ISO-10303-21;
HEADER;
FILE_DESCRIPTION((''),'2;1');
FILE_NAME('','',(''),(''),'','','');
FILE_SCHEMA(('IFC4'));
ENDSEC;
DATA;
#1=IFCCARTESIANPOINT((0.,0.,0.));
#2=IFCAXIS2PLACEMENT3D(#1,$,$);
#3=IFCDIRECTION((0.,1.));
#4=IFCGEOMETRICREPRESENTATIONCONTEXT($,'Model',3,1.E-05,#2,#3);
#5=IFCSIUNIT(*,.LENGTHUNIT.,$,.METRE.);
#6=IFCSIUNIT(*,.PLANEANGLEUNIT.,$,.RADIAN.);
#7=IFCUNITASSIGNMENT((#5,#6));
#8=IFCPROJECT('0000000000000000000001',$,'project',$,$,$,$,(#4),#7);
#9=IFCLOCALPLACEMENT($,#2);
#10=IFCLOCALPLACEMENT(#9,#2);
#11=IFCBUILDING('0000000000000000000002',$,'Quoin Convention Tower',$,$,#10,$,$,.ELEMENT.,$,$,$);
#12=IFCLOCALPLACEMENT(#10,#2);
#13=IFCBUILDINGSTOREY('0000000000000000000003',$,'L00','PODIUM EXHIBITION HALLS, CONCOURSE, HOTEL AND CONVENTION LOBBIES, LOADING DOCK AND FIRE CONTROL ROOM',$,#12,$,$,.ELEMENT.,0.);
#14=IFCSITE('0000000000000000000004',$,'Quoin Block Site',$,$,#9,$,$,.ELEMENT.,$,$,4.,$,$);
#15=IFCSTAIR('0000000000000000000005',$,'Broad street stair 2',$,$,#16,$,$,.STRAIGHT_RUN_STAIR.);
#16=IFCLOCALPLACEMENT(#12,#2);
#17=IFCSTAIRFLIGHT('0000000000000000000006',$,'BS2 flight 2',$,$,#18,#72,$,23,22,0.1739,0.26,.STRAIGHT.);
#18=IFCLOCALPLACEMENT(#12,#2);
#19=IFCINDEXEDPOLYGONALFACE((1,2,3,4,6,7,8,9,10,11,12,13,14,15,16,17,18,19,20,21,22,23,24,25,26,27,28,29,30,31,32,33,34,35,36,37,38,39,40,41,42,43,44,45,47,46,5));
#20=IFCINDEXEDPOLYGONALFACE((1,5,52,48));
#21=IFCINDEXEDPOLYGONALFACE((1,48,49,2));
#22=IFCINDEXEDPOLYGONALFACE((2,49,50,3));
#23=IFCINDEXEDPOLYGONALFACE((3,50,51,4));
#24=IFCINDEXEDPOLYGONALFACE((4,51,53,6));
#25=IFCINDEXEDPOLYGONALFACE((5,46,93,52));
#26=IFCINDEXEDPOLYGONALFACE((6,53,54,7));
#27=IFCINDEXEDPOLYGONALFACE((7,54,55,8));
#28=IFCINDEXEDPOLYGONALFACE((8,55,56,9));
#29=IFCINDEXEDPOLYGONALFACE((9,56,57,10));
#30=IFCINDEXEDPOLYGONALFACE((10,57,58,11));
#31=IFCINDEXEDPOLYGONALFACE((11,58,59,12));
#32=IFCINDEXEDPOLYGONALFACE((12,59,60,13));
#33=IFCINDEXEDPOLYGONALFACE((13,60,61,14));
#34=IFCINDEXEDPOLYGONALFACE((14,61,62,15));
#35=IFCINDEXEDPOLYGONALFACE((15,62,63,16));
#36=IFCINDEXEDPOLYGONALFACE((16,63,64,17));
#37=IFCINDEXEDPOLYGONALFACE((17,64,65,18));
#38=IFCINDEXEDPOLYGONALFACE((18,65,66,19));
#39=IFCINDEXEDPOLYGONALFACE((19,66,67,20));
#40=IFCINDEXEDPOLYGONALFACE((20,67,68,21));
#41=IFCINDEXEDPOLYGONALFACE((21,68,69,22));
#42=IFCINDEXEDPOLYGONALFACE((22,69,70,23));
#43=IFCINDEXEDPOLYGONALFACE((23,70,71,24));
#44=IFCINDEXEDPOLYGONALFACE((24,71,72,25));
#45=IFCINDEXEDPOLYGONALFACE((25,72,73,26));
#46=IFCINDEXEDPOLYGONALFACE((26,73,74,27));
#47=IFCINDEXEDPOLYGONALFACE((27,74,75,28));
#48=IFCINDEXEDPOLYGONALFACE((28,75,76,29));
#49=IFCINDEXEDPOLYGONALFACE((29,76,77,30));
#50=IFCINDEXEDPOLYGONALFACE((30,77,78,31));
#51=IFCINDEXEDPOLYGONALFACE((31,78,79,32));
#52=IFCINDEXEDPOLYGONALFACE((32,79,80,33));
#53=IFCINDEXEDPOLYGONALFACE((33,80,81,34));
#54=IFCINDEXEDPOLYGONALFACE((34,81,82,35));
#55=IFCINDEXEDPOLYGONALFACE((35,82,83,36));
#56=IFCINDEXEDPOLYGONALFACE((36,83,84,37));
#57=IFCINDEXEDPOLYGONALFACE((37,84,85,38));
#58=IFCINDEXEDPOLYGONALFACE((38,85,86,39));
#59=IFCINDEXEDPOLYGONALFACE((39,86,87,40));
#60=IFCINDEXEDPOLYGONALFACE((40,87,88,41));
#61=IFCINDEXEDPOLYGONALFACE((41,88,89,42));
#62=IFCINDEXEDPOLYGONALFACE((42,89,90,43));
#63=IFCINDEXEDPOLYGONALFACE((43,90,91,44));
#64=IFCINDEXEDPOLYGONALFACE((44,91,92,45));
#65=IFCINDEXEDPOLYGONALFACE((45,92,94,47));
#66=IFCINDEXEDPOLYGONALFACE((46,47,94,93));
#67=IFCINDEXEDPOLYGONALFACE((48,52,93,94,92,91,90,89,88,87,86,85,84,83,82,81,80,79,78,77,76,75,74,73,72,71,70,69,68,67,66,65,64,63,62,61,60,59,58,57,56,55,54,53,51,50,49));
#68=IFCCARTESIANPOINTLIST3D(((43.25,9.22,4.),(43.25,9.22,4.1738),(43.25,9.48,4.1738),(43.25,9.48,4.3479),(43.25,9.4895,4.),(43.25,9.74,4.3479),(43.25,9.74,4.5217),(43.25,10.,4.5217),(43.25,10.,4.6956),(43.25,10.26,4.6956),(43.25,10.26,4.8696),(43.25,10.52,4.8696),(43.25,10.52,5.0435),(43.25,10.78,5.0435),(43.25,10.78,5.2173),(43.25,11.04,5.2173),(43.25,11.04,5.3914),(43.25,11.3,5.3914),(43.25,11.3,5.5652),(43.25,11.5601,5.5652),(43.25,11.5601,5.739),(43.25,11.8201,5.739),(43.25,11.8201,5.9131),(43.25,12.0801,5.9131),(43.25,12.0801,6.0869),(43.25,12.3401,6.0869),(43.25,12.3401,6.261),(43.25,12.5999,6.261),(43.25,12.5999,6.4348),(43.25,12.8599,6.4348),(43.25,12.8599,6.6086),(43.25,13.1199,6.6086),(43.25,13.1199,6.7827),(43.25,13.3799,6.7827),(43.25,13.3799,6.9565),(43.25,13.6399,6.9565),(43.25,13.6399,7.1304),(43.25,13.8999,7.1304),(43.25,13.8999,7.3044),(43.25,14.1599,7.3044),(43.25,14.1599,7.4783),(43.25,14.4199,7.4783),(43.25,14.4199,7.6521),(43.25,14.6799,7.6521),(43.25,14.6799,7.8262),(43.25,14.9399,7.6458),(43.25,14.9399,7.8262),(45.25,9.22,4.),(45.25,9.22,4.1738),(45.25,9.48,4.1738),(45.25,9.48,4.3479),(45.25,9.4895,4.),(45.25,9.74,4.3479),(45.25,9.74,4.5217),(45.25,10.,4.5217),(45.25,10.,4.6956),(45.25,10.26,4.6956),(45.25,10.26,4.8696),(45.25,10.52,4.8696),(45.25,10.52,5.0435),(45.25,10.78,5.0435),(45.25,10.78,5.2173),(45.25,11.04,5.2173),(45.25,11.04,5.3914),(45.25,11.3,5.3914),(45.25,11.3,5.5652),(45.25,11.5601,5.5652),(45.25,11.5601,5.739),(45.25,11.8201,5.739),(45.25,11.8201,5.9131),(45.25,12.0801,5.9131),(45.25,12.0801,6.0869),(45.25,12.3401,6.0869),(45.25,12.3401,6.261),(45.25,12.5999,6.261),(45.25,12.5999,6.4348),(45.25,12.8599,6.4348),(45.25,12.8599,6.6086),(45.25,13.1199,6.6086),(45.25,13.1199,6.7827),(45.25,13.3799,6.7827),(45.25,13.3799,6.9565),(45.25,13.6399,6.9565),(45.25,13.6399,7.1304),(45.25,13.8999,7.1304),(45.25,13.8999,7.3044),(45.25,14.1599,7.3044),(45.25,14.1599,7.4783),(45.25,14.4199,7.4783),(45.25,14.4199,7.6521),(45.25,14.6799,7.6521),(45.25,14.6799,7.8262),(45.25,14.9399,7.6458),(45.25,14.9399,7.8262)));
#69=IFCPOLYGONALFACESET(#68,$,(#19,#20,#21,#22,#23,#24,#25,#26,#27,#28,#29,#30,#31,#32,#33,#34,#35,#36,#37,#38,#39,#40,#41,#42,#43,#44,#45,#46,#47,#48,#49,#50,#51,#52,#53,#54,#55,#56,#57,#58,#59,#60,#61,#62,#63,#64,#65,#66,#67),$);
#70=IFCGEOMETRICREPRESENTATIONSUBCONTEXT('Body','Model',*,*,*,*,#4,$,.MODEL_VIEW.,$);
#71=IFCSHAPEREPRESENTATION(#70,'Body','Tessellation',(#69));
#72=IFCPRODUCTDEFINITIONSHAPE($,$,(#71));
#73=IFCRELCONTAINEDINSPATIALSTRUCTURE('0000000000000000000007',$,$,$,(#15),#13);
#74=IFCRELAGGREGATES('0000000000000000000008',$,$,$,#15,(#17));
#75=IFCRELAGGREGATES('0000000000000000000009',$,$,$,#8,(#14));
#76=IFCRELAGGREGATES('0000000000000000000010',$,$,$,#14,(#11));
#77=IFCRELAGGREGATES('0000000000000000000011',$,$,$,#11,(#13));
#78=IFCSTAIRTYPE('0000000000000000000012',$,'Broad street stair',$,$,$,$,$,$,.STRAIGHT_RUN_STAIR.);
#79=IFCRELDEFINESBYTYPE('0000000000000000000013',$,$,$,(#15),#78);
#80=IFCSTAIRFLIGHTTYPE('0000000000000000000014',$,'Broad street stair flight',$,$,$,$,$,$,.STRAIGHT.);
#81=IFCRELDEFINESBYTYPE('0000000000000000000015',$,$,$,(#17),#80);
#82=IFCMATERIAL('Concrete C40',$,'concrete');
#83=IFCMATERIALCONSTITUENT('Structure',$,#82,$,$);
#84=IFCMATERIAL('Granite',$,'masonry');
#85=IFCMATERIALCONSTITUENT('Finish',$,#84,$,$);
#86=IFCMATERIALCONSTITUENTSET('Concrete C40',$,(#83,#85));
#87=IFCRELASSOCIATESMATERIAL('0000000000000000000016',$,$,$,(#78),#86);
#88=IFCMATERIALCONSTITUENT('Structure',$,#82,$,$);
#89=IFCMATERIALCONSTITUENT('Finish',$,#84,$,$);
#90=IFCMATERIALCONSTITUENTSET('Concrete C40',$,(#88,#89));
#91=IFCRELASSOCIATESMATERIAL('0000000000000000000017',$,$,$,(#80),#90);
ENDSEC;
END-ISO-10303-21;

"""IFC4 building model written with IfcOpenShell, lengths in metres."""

from ifc_helpers import new_model, si_unit, direction, frame, origin, place, context, subcontext, project, spatial, polyline, outline, extrude, material, constituent, constituent_set, type_object, element, aggregate, save


model = new_model("IFC4")

# Units and contexts
model_context = context("Model", 3, precision=1e-05, world=origin(), true_north=direction((0.0, 1.0)))
body_context = subcontext(model_context, "Body", "Model", "MODEL_VIEW")
ifc_project = project(units=[si_unit("LENGTHUNIT", "METRE"), si_unit("PLANEANGLEUNIT", "RADIAN")], contexts=[model_context])

# Site, building, storey
site_placement = place(None, origin())
site = spatial("IfcSite", under=ifc_project, at=site_placement, Name="Quoin Block Site", CompositionType="ELEMENT", RefElevation=4.0)
building_placement = place(site_placement, origin())
building = spatial("IfcBuilding", under=site, at=building_placement, Name="Quoin Convention Tower", CompositionType="ELEMENT")
storey_placement = place(building_placement, origin())
storey = spatial("IfcBuildingStorey", under=building, at=storey_placement, Name="L00", Description="PODIUM EXHIBITION HALLS, CONCOURSE, HOTEL AND CONVENTION LOBBIES, LOADING DOCK AND FIRE CONTROL ROOM", CompositionType="ELEMENT", Elevation=0.0)

# Shared definitions
ifc_material_1 = material(Name="Concrete C40", Category="concrete")

# Stair, stair flight
ifc_constituent_1 = constituent(ifc_material_1, Name="Structure")
ifc_material_2 = material(Name="Granite", Category="masonry")
ifc_constituent_2 = constituent(ifc_material_2, Name="Finish")
ifc_constituent_set_1 = constituent_set(constituents=[ifc_constituent_1, ifc_constituent_2], Name="Concrete C40")
stair_type = type_object("IfcStairType", Name="Broad street stair", PredefinedType="STRAIGHT_RUN_STAIR", material=ifc_constituent_set_1)
ifc_constituent_3 = constituent(ifc_material_1, Name="Structure")
ifc_constituent_4 = constituent(ifc_material_2, Name="Finish")
ifc_constituent_set_2 = constituent_set(constituents=[ifc_constituent_3, ifc_constituent_4], Name="Concrete C40")
stair_flight_type = type_object("IfcStairFlightType", Name="Broad street stair flight", PredefinedType="STRAIGHT", material=ifc_constituent_set_2)
stair_1_placement = place(storey_placement, origin())
stair_1 = element("IfcStair", 1, at=stair_1_placement, inside=storey, type_object=stair_type, Name="Broad street stair 2", PredefinedType="STRAIGHT_RUN_STAIR")
stair_flight_1_placement = place(storey_placement, frame((44.25, 9.22, 4.0), z_axis=(0.0, 0.0, 1.0), x_axis=(0.0, 1.0, 0.0)))
stair_flight_1 = element("IfcStairFlight", 2, at=stair_flight_1_placement, type_object=stair_flight_type, Name="BS2 flight 2", NumberOfRisers=23, NumberOfTreads=22, PredefinedType="STRAIGHT", RiserHeight=0.1739, TreadLength=0.26, context=body_context, shape_type="SweptSolid", body=[
    extrude(outline(polyline([(0.0, 0.0), (0.0, 0.1738), (0.26, 0.1738), (0.26, 0.3479), (0.52, 0.3479), (0.52, 0.5217), (0.78, 0.5217), (0.78, 0.6956), (1.04, 0.6956), (1.04, 0.8696), (1.3, 0.8696), (1.3, 1.0435), (1.5601, 1.0435), (1.5601, 1.2173), (1.8201, 1.2173), (1.8201, 1.3914), (2.0801, 1.3914), (2.0801, 1.5652), (2.3401, 1.5652), (2.3401, 1.739), (2.6001, 1.739), (2.6001, 1.9131), (2.8601, 1.9131), (2.8601, 2.0869), (3.1201, 2.0869), (3.1201, 2.261), (3.3799, 2.261), (3.3799, 2.4348), (3.6399, 2.4348), (3.6399, 2.6086), (3.8999, 2.6086), (3.8999, 2.7827), (4.1599, 2.7827), (4.1599, 2.9565), (4.4199, 2.9565), (4.4199, 3.1304), (4.6799, 3.1304), (4.6799, 3.3044), (4.9399, 3.3044), (4.9399, 3.4783), (5.2, 3.4783), (5.2, 3.6521), (5.46, 3.6521), (5.46, 3.8262), (5.72, 3.8262), (5.72, 4.0), (5.72, 3.6458), (0.2695, 0.0), (0.0, 0.0)])), frame((0.0, 1.0, 0.0), z_axis=(0.0, -1.0, 0.0), x_axis=(1.0, 0.0, 0.0)), (0.0, 0.0, 1.0), 2.0),
])
aggregate(stair_1, [stair_flight_1])

save(model, "model.ifc")
